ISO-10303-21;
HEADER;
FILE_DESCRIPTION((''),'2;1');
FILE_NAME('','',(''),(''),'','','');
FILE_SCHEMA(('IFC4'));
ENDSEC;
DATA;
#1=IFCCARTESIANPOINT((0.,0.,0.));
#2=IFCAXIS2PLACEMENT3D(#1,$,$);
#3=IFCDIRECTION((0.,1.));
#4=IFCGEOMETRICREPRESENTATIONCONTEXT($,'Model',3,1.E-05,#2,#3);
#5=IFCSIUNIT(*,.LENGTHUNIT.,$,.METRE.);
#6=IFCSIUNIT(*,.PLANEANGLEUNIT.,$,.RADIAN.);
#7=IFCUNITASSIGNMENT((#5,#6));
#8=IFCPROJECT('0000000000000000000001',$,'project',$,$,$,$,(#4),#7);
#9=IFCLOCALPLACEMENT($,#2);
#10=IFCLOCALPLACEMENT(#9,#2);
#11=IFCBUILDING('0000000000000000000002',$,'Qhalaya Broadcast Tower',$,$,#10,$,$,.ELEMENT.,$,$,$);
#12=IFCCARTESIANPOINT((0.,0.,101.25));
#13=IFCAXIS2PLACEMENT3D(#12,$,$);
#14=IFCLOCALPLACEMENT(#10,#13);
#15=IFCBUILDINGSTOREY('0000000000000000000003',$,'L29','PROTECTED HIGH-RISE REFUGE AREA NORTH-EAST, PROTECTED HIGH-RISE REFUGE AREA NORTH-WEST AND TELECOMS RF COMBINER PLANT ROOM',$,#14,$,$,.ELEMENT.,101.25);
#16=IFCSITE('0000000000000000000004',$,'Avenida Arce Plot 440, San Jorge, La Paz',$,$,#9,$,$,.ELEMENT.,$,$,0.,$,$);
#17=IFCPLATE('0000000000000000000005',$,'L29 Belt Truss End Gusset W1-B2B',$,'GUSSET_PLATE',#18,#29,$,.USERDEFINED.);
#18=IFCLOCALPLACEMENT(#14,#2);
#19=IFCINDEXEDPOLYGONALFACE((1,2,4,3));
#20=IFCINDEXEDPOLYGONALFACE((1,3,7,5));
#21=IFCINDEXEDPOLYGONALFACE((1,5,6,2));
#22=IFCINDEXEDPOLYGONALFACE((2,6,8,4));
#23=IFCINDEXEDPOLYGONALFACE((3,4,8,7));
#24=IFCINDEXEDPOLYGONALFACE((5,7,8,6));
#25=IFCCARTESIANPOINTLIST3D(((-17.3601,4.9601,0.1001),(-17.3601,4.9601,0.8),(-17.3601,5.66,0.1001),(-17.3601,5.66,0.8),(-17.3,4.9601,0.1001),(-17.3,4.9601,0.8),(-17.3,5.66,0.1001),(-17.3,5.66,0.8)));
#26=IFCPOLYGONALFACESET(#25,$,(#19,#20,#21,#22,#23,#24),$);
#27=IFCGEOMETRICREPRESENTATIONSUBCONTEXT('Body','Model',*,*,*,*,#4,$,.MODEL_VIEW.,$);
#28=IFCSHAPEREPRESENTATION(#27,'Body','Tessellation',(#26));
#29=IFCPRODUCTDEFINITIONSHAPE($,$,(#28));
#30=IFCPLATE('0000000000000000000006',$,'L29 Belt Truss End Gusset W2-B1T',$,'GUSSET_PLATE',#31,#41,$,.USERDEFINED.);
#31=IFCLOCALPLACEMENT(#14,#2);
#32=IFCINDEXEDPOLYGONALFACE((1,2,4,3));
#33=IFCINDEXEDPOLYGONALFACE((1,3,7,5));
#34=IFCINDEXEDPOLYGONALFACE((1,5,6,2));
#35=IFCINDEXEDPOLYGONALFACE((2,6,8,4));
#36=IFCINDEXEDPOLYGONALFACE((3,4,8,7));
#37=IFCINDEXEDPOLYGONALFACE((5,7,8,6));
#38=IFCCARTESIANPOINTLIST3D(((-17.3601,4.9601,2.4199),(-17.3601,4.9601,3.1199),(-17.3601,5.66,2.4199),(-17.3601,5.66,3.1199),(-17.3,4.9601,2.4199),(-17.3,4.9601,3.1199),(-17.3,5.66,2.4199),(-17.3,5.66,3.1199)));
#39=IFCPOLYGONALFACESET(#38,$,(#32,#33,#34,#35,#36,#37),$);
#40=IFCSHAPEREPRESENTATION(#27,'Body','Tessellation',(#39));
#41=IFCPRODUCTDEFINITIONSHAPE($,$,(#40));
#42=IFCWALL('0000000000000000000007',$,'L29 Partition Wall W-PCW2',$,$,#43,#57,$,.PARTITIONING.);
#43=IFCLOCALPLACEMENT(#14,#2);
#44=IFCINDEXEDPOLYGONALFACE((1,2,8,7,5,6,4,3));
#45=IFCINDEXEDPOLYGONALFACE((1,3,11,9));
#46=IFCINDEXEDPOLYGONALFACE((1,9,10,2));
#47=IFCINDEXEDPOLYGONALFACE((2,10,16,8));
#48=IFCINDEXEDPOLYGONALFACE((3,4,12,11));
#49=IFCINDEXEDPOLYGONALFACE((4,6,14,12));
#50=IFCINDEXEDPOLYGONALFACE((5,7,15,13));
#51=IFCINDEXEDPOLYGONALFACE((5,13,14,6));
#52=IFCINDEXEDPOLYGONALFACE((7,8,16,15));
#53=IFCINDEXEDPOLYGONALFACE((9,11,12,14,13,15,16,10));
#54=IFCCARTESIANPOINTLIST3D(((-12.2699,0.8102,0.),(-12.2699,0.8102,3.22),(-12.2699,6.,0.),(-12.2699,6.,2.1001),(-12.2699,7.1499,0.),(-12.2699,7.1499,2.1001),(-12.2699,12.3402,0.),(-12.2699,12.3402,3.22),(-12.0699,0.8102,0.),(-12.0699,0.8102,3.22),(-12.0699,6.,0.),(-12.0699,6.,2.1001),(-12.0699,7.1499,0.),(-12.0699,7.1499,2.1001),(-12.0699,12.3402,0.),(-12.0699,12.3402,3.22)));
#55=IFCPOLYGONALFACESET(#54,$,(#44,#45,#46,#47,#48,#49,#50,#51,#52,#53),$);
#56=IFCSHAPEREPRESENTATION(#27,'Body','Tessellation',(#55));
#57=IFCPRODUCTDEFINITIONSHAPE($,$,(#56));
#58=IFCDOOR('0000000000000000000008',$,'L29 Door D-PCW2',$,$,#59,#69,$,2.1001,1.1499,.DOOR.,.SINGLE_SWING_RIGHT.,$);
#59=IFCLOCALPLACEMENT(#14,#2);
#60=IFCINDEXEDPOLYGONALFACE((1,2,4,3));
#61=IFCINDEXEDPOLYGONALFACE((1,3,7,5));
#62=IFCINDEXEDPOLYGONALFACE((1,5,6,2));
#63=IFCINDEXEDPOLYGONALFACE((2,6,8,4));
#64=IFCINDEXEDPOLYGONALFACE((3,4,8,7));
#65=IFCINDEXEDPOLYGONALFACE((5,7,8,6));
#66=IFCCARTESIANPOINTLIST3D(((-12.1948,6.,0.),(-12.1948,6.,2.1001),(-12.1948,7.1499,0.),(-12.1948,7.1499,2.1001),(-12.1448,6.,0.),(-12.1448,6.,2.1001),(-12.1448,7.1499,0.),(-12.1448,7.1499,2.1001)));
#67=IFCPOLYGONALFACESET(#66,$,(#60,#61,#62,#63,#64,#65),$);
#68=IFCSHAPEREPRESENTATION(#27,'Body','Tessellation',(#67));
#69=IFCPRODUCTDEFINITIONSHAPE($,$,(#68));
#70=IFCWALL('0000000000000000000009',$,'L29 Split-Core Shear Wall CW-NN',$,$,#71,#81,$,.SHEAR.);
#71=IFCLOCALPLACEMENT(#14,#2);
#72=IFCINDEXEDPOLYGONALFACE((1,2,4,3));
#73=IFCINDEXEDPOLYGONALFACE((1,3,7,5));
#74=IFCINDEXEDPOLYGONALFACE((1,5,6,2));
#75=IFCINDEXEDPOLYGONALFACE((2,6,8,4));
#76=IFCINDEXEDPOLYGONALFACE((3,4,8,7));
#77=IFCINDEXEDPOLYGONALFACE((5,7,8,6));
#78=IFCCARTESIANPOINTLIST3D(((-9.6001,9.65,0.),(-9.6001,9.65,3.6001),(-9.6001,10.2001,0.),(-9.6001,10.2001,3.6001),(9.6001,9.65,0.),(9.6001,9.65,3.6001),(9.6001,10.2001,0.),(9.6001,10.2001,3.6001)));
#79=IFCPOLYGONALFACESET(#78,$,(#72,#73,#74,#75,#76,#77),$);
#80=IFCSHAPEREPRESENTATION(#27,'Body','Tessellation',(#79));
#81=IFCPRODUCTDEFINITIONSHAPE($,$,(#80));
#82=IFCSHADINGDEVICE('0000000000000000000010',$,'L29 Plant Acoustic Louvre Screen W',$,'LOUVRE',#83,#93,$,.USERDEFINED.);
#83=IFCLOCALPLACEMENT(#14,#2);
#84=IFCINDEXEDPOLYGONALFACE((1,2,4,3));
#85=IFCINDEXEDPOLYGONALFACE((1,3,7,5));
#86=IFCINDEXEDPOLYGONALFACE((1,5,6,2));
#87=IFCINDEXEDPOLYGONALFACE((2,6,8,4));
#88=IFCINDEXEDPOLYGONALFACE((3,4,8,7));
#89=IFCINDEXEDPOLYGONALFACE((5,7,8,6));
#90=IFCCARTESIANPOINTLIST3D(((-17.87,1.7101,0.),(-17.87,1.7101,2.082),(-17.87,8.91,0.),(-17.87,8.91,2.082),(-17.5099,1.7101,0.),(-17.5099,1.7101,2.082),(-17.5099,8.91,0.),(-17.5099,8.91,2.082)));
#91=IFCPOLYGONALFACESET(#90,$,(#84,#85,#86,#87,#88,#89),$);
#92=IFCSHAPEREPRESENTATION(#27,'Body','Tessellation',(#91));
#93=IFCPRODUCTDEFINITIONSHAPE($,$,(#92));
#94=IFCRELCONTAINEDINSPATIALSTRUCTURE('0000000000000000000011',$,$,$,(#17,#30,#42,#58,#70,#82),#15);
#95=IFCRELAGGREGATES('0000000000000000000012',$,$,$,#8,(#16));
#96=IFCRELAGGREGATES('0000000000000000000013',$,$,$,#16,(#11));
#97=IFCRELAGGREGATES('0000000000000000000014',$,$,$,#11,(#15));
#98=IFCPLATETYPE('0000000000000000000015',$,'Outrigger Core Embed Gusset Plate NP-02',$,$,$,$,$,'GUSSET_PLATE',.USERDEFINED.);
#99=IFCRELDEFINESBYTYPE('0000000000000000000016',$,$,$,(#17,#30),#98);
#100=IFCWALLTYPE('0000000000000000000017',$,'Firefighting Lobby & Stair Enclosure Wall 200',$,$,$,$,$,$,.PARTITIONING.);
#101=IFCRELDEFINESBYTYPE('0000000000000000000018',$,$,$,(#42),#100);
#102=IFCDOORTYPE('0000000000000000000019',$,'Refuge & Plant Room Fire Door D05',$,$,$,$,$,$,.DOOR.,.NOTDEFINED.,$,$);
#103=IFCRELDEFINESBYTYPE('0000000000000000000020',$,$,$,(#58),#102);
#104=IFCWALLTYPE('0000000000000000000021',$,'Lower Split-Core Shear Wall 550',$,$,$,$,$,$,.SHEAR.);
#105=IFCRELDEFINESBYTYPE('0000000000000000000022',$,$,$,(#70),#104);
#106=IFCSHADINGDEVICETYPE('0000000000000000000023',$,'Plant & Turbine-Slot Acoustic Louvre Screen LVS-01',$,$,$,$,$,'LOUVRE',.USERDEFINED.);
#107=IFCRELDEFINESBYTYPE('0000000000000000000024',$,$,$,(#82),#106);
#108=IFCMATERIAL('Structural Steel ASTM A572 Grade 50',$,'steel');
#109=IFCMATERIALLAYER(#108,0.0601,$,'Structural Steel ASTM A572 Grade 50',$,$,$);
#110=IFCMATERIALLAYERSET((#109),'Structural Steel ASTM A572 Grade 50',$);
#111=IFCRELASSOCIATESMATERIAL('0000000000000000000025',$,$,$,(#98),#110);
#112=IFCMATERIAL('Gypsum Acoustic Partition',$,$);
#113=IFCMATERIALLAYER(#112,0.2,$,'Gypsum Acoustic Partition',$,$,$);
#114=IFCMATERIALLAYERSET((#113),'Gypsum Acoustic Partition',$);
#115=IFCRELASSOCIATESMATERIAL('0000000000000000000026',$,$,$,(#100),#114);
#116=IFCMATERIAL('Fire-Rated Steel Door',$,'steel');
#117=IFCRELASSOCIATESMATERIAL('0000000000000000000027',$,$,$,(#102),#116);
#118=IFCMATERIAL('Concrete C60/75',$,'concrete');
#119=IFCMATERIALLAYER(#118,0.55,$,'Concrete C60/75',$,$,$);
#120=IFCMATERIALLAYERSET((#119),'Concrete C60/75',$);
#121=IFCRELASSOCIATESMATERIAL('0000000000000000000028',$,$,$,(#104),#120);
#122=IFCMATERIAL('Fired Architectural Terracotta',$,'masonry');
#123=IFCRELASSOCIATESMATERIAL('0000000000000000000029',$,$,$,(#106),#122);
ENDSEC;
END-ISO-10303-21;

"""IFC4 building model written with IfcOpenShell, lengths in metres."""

from ifc_helpers import new_model, si_unit, direction, frame, frame_2d, origin, origin_2d, place, context, subcontext, project, spatial, rectangle, extrude, material, layer, layer_set, type_object, element, fill, save


model = new_model("IFC4")

# Units and contexts
model_context = context("Model", 3, precision=1e-05, world=origin(), true_north=direction((0.0, 1.0)))
body_context = subcontext(model_context, "Body", "Model", "MODEL_VIEW")
ifc_project = project(units=[si_unit("LENGTHUNIT", "METRE"), si_unit("PLANEANGLEUNIT", "RADIAN")], contexts=[model_context])

# Site, building, storey
site_placement = place(None, origin())
site = spatial("IfcSite", under=ifc_project, at=site_placement, Name="Avenida Arce Plot 440, San Jorge, La Paz", CompositionType="ELEMENT", RefElevation=0.0)
building_placement = place(site_placement, origin())
building = spatial("IfcBuilding", under=site, at=building_placement, Name="Qhalaya Broadcast Tower", CompositionType="ELEMENT")
storey_placement = place(building_placement, frame((0.0, 0.0, 101.25)))
storey = spatial("IfcBuildingStorey", under=building, at=storey_placement, Name="L29", Description="PROTECTED HIGH-RISE REFUGE AREA NORTH-EAST, PROTECTED HIGH-RISE REFUGE AREA NORTH-WEST AND TELECOMS RF COMBINER PLANT ROOM", CompositionType="ELEMENT", Elevation=101.25)

# Shared definitions
ifc_material_1 = material(Name="Structural Steel ASTM A572 Grade 50", Category="steel")

# Plates
ifc_layer_1 = layer(ifc_material_1, 0.0601, Name="Structural Steel ASTM A572 Grade 50")
ifc_layer_set_1 = layer_set([ifc_layer_1], Name="Structural Steel ASTM A572 Grade 50")
plate_type_1 = type_object("IfcPlateType", Name="Outrigger Core Embed Gusset Plate NP-02", ElementType="GUSSET_PLATE", PredefinedType="USERDEFINED", material=ifc_layer_set_1)
for number, where, z_axis, x_axis, name in (
    (1, (-17.3301, 5.3101, 0.1001), (0.0, 0.0, 1.0), (0.0, 1.0, 0.0), "L29 Belt Truss End Gusset W1-B2B"),
    (2, (-17.3301, 5.3101, 2.4199), (0.0, 0.0, 1.0), (0.0, 1.0, 0.0), "L29 Belt Truss End Gusset W2-B1T"),
):
    element("IfcPlate", number, at=place(storey_placement, frame(where, z_axis=z_axis, x_axis=x_axis)), inside=storey, type_object=plate_type_1, Name=name, ObjectType="GUSSET_PLATE", PredefinedType="USERDEFINED", context=body_context, shape_type="SweptSolid", body=[
        extrude(rectangle(XDim=0.7, YDim=0.0601, at=origin_2d()), origin(), (0.0, 0.0, 1.0), 0.7),
    ])

# Wall, opening, door
ifc_material_2 = material(Name="Gypsum Acoustic Partition")
ifc_layer_2 = layer(ifc_material_2, 0.2, Name="Gypsum Acoustic Partition")
ifc_layer_set_2 = layer_set([ifc_layer_2], Name="Gypsum Acoustic Partition")
wall_type_1 = type_object("IfcWallType", Name="Firefighting Lobby & Stair Enclosure Wall 200", PredefinedType="PARTITIONING", material=ifc_layer_set_2)
wall_1_placement = place(storey_placement, frame((-12.1699, 0.8101, 0.0), z_axis=(0.0, 0.0, 1.0), x_axis=(0.0, 1.0, 0.0)))
wall_1 = element("IfcWall", 3, at=wall_1_placement, inside=storey, type_object=wall_type_1, Name="L29 Partition Wall W-PCW2", PredefinedType="PARTITIONING", context=body_context, shape_type="SweptSolid", body=[
    extrude(rectangle(XDim=11.53, YDim=0.2, at=frame_2d((5.7651, 0.0))), origin(), (0.0, 0.0, 1.0), 3.22),
])
opening_1_placement = place(wall_1_placement, frame((5.1899, 0.0, 0.0)))
opening_1 = element("IfcOpeningElement", 4, at=opening_1_placement, cuts=wall_1, PredefinedType="OPENING", context=body_context, shape_type="SweptSolid", body=[
    extrude(rectangle(XDim=1.1499, YDim=2.1001, at=frame_2d((0.575, 1.05))), frame((0.0, 0.1121, 0.0), z_axis=(0.0, -1.0, 0.0), x_axis=(1.0, 0.0, 0.0)), (0.0, 0.0, 1.0), 0.2239),
])
ifc_material_3 = material(Name="Fire-Rated Steel Door", Category="steel")
door_type_1 = type_object("IfcDoorType", Name="Refuge & Plant Room Fire Door D05", OperationType="NOTDEFINED", PredefinedType="DOOR", material=ifc_material_3)
door_1_placement = place(opening_1_placement, origin())
door_1 = element("IfcDoor", 5, at=door_1_placement, inside=storey, type_object=door_type_1, Name="L29 Door D-PCW2", OperationType="SINGLE_SWING_RIGHT", OverallHeight=2.1001, OverallWidth=1.1499, PredefinedType="DOOR", context=body_context, shape_type="SweptSolid", body=[
    extrude(rectangle(XDim=1.1499, YDim=2.1001, at=frame_2d((0.575, 1.05))), frame((0.0, 0.0249, 0.0), z_axis=(0.0, -1.0, 0.0), x_axis=(1.0, 0.0, 0.0)), (0.0, 0.0, 1.0), 0.05),
])
fill(opening_1, door_1)

# Wall
ifc_material_4 = material(Name="Concrete C60/75", Category="concrete")
ifc_layer_3 = layer(ifc_material_4, 0.55, Name="Concrete C60/75")
ifc_layer_set_3 = layer_set([ifc_layer_3], Name="Concrete C60/75")
wall_type_2 = type_object("IfcWallType", Name="Lower Split-Core Shear Wall 550", PredefinedType="SHEAR", material=ifc_layer_set_3)
wall_2_placement = place(storey_placement, frame((-9.6001, 9.925, 0.0), z_axis=(0.0, 0.0, 1.0), x_axis=(1.0, 0.0, 0.0)))
element("IfcWall", 6, at=wall_2_placement, inside=storey, type_object=wall_type_2, Name="L29 Split-Core Shear Wall CW-NN", PredefinedType="SHEAR", context=body_context, shape_type="SweptSolid", body=[
    extrude(rectangle(XDim=19.2002, YDim=0.55, at=frame_2d((9.6001, 0.0))), origin(), (0.0, 0.0, 1.0), 3.6001),
])

# Shading device
ifc_material_5 = material(Name="Fired Architectural Terracotta", Category="masonry")
shading_device_type = type_object("IfcShadingDeviceType", Name="Plant & Turbine-Slot Acoustic Louvre Screen LVS-01", ElementType="LOUVRE", PredefinedType="USERDEFINED", material=ifc_material_5)
shading_device_placement = place(storey_placement, frame((-17.6899, 5.3101, 0.0), z_axis=(0.0, 0.0, 1.0), x_axis=(0.0, 1.0, 0.0)))
element("IfcShadingDevice", 7, at=shading_device_placement, inside=storey, type_object=shading_device_type, Name="L29 Plant Acoustic Louvre Screen W", ObjectType="LOUVRE", PredefinedType="USERDEFINED", context=body_context, shape_type="SweptSolid", body=[
    extrude(rectangle(XDim=7.2, YDim=0.3601, at=origin_2d()), origin(), (0.0, 0.0, 1.0), 2.082),
])

save(model, "model.ifc")
